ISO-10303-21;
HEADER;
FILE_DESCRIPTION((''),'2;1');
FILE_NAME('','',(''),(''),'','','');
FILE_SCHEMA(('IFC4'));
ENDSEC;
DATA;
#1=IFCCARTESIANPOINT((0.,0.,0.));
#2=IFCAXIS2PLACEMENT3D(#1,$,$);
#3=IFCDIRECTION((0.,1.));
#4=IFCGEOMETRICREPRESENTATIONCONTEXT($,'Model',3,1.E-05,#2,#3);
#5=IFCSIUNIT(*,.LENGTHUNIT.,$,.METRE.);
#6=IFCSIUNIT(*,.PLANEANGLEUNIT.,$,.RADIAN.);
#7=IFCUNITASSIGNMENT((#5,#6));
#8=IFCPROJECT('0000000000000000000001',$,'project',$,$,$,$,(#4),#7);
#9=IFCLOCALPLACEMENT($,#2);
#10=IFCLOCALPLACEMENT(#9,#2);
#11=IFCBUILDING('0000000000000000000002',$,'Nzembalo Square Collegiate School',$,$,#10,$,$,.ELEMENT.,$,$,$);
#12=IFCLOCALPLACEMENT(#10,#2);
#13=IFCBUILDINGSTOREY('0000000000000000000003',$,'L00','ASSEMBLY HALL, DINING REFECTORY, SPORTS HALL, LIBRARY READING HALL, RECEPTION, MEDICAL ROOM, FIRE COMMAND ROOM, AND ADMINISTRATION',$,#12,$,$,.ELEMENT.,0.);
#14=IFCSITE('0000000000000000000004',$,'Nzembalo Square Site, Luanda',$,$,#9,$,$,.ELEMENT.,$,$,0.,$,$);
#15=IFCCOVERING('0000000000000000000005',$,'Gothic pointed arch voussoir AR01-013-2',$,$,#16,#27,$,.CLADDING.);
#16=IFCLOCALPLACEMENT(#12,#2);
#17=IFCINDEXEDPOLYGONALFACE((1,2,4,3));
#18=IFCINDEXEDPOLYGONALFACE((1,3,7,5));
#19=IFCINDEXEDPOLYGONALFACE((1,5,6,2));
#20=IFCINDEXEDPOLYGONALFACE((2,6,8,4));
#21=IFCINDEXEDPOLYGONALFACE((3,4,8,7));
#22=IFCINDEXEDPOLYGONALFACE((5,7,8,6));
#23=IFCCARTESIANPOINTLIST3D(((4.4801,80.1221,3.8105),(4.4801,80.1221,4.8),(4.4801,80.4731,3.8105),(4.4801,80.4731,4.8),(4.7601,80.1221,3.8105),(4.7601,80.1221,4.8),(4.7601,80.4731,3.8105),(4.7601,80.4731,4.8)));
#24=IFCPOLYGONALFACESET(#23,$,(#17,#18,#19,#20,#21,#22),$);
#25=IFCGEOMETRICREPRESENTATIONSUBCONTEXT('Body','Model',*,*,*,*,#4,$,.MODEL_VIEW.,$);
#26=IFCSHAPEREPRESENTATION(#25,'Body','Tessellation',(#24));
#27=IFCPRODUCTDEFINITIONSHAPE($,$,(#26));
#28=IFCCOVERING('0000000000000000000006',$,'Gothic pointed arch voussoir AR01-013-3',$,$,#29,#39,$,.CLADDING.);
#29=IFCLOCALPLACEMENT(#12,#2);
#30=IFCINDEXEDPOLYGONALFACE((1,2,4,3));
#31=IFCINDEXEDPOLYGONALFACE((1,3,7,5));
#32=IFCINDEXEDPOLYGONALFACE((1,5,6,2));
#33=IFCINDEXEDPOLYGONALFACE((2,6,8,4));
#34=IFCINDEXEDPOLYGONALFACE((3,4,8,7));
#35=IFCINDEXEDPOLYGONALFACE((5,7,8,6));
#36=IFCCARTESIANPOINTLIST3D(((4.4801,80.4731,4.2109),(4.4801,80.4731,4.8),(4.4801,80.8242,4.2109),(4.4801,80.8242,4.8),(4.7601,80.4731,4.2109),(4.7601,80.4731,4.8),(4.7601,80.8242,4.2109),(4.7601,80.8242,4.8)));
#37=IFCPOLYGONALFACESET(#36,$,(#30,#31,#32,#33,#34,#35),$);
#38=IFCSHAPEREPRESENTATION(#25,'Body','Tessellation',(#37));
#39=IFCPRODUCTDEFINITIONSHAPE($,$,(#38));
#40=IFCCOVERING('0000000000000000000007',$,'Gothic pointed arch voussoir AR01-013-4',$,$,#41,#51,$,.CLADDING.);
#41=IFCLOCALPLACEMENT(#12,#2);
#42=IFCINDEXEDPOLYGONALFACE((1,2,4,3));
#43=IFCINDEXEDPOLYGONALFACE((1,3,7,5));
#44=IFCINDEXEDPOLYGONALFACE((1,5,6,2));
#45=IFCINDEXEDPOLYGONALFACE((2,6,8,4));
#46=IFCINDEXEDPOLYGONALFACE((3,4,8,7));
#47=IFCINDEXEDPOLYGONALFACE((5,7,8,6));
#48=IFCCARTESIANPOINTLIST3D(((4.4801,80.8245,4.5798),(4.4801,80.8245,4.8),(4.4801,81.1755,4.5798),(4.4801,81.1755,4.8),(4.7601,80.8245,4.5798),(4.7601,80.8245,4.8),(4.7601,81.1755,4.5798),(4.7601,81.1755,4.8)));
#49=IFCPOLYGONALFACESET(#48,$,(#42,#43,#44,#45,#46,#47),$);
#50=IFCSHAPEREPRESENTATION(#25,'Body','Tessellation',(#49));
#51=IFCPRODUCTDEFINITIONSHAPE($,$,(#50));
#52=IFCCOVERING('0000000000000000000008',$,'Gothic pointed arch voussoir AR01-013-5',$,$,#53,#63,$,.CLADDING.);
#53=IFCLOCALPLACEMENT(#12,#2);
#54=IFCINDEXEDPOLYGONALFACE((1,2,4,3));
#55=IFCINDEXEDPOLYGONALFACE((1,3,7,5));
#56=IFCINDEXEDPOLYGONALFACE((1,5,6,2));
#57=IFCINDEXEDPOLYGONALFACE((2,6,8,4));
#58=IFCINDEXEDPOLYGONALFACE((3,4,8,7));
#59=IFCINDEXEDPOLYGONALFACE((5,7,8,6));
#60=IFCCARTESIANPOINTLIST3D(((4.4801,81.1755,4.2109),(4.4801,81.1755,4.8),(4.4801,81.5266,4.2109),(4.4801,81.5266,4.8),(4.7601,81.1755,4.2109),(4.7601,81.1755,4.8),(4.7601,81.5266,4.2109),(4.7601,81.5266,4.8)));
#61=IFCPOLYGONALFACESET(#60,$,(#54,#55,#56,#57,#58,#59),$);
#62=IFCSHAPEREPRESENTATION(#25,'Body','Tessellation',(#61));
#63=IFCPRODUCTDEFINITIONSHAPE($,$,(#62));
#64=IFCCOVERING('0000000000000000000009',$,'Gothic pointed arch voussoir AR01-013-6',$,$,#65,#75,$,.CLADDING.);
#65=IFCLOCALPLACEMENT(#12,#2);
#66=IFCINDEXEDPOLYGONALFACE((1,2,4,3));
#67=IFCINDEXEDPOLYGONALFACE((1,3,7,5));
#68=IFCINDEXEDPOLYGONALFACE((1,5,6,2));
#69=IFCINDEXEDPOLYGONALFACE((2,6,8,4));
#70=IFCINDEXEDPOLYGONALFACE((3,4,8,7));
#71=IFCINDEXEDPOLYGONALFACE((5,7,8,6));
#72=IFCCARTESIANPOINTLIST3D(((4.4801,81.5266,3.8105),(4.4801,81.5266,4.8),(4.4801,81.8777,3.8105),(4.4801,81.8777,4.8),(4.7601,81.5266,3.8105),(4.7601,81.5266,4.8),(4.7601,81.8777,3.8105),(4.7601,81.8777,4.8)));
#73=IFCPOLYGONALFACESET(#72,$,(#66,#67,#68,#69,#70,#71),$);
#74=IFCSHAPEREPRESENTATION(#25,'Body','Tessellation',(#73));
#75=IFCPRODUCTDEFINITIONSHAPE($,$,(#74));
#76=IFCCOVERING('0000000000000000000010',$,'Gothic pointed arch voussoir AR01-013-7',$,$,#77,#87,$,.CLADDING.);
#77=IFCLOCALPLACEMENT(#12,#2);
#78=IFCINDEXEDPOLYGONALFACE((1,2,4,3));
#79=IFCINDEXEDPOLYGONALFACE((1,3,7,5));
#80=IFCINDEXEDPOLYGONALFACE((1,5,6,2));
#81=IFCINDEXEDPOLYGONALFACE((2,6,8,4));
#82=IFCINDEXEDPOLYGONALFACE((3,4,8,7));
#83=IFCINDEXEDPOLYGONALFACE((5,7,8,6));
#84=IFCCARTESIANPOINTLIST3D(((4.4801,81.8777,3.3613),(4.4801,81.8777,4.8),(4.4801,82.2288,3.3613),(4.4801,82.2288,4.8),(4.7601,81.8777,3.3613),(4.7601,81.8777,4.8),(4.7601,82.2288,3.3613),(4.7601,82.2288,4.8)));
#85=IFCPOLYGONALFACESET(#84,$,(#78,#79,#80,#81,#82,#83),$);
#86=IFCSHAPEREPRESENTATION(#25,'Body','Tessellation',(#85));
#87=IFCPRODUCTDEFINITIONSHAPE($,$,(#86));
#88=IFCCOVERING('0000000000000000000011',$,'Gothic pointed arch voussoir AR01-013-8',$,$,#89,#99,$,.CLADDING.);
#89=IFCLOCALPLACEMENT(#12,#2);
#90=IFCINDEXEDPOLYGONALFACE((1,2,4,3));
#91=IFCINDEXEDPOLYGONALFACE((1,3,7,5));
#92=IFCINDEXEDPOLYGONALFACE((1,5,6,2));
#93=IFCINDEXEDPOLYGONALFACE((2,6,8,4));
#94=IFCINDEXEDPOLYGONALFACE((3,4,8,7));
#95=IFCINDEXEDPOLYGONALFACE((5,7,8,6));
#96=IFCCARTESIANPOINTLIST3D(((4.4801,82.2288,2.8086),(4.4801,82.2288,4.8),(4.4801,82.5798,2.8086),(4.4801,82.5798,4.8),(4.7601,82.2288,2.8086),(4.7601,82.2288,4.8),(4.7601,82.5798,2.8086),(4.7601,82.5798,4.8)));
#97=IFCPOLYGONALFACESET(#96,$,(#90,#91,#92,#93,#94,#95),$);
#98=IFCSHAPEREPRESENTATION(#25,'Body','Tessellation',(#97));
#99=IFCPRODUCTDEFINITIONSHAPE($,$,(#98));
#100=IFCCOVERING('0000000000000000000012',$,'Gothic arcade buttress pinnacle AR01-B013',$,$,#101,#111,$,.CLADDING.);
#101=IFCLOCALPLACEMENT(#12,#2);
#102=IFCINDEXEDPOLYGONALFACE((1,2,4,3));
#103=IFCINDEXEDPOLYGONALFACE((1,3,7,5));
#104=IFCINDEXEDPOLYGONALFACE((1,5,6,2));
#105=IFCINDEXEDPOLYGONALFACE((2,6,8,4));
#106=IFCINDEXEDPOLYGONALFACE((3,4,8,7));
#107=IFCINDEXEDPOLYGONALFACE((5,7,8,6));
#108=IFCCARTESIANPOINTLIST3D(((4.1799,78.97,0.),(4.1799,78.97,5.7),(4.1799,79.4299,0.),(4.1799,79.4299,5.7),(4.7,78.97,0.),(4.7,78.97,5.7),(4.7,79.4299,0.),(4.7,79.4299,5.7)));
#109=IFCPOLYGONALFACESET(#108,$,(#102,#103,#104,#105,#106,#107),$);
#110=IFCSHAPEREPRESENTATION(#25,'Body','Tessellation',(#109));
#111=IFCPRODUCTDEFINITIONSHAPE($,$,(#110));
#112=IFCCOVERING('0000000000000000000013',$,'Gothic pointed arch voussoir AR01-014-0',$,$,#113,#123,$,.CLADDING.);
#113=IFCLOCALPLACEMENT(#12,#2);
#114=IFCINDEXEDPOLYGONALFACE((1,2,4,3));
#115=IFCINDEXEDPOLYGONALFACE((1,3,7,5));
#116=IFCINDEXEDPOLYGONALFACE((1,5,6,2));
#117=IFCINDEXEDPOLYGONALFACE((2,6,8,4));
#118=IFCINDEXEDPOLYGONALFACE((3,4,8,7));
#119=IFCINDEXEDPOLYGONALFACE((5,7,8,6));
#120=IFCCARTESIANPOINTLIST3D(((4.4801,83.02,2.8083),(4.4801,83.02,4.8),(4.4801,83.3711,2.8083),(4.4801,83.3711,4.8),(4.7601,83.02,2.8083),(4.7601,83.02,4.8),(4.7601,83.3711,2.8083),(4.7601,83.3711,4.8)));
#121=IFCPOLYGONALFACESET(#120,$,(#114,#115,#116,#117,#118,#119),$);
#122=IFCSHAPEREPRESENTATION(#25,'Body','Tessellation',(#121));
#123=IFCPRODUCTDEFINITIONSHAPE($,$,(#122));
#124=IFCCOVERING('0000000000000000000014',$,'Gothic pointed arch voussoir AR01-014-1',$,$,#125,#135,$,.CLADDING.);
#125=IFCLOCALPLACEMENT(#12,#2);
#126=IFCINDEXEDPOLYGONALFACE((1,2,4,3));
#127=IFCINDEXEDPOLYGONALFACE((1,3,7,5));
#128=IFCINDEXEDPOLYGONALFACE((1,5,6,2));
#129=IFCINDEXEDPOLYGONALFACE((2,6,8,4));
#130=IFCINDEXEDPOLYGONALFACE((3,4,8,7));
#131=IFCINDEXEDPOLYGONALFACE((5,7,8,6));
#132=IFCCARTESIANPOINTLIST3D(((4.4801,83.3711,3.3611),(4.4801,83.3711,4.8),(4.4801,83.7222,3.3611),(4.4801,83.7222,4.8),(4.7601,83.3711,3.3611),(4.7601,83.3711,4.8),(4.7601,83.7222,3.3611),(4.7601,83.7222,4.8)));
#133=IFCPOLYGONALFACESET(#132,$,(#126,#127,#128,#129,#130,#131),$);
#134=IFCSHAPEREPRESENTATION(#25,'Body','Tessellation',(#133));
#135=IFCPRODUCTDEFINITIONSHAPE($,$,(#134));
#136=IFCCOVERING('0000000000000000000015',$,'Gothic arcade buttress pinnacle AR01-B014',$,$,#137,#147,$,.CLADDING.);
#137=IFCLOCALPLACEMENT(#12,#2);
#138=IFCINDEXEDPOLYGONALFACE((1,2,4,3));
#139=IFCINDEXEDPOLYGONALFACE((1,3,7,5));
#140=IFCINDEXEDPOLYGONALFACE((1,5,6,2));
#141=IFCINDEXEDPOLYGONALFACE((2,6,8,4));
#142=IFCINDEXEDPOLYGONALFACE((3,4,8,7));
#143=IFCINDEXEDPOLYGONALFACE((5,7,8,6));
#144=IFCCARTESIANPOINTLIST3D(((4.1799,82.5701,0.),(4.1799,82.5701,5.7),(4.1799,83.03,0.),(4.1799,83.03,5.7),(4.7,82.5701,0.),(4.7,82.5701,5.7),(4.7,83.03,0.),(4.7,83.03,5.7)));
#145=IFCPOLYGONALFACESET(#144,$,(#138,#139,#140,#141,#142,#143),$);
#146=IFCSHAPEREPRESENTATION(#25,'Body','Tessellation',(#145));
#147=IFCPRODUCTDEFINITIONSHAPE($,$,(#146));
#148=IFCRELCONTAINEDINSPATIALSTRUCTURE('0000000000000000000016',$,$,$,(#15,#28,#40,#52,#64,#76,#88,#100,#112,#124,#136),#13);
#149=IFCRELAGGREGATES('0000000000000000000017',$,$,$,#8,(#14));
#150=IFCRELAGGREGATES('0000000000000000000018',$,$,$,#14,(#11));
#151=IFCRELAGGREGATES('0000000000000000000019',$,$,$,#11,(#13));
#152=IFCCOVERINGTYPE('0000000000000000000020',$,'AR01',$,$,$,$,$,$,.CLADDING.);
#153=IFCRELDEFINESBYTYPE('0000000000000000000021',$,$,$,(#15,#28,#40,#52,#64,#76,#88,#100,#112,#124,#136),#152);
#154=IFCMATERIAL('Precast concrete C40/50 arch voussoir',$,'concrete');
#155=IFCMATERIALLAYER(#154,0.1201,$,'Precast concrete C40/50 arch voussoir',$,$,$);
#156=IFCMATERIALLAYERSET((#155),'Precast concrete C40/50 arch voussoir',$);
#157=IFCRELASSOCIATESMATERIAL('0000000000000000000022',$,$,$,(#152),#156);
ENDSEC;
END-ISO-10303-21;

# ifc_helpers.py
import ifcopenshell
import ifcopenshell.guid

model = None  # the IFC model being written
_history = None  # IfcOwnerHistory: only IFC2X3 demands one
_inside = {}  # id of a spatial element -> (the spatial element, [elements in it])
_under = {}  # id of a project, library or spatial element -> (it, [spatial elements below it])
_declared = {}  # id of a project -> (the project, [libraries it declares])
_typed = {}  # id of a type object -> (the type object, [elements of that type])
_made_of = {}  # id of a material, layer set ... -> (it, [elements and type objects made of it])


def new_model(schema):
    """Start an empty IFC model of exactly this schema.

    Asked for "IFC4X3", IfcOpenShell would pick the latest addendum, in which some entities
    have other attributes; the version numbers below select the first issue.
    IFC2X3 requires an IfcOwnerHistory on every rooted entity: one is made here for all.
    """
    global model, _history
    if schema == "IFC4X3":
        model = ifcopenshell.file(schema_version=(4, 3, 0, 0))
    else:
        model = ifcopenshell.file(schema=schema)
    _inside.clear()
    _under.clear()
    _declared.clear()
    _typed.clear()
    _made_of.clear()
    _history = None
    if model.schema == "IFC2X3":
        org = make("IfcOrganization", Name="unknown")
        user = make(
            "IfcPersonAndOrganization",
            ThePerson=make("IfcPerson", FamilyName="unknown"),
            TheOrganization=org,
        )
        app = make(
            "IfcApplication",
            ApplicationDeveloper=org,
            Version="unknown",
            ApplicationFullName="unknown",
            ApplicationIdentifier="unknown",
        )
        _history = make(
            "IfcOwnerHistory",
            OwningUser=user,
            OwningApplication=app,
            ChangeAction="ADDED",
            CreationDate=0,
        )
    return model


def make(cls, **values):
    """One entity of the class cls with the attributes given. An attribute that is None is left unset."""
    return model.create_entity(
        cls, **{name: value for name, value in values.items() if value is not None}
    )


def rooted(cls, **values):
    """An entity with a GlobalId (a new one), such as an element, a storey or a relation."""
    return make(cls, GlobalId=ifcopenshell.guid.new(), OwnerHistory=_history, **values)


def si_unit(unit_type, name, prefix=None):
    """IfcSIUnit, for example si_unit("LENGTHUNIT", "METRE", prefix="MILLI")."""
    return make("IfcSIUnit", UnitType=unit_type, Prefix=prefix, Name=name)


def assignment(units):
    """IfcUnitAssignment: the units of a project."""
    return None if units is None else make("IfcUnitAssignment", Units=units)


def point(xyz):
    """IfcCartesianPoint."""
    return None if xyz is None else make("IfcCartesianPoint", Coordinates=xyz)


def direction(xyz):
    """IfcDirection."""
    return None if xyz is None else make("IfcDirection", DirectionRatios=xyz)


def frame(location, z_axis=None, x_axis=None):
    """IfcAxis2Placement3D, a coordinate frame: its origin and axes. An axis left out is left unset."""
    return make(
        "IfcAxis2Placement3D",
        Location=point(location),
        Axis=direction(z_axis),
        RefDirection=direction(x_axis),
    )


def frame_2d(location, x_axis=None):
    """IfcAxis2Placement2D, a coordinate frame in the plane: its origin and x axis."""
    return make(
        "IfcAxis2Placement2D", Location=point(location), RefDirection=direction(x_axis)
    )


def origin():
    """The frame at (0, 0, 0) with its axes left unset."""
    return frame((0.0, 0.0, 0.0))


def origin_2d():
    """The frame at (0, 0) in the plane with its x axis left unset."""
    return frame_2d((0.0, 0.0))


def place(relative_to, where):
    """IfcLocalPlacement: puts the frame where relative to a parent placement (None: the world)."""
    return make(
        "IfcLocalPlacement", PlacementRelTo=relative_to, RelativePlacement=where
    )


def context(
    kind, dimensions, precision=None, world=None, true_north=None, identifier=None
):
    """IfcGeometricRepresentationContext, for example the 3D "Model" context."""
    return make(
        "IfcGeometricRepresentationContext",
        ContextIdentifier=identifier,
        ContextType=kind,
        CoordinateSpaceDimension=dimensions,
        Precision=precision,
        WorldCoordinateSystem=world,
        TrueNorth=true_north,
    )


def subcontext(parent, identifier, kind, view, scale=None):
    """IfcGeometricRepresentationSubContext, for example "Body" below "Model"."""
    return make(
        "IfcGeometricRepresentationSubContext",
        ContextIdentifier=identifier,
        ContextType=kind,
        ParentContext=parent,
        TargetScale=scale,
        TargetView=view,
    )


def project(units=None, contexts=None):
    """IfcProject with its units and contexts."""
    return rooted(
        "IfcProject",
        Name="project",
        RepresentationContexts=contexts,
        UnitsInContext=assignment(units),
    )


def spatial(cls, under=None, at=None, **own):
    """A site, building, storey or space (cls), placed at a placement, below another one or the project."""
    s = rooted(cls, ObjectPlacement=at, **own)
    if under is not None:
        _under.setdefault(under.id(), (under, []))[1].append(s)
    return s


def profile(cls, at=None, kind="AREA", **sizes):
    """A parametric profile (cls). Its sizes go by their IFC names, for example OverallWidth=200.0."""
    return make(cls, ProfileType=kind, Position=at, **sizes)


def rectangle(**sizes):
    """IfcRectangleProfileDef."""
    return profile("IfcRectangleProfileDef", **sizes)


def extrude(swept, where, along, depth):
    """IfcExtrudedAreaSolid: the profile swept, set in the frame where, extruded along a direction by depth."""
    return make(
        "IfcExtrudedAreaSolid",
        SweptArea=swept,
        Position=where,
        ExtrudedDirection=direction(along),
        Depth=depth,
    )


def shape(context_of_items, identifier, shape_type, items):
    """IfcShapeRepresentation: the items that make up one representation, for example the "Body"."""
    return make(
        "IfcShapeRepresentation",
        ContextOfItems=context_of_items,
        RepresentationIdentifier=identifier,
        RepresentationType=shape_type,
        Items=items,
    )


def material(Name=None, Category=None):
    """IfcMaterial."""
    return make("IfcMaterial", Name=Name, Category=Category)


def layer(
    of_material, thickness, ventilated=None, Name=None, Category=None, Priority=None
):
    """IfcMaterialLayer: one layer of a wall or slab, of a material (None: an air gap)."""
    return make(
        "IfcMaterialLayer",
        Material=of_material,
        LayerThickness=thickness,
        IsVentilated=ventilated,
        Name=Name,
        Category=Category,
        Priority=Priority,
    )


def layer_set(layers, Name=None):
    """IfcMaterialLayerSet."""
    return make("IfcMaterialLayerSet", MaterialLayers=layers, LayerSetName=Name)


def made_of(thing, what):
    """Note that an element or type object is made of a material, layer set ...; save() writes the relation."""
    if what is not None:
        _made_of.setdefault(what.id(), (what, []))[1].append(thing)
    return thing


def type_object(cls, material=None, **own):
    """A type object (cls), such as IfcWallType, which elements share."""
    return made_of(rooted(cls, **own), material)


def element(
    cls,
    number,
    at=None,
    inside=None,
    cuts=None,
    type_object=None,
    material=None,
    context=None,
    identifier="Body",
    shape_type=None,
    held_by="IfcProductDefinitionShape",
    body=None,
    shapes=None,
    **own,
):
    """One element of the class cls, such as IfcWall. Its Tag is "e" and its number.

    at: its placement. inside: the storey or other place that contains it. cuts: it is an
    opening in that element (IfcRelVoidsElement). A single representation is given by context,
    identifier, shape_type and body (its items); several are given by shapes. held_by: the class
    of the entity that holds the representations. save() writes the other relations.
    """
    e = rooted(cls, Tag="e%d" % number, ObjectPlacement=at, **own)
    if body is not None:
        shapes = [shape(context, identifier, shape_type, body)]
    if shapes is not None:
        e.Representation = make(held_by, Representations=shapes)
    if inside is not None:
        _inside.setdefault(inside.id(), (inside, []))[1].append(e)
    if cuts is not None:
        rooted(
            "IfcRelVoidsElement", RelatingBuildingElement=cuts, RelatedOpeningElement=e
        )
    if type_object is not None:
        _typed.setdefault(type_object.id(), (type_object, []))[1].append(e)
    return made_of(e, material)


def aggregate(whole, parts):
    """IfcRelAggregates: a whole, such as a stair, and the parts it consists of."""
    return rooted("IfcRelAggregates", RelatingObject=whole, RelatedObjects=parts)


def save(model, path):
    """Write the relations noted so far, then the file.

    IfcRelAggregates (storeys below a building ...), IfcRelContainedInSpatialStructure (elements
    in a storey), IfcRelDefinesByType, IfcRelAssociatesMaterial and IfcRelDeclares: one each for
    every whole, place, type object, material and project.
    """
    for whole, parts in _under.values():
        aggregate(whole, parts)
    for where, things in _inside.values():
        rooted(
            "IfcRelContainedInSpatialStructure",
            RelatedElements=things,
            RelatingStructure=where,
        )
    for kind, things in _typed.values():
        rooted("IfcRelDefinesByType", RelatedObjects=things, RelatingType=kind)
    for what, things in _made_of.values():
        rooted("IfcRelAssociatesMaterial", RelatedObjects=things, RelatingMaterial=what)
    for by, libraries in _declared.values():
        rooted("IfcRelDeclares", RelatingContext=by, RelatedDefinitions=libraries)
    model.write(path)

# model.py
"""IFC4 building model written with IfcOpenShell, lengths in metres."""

from ifc_helpers import new_model, si_unit, direction, frame, origin, origin_2d, place, context, subcontext, project, spatial, rectangle, extrude, material, layer, layer_set, type_object, element, save


model = new_model("IFC4")

# Units and contexts
model_context = context("Model", 3, precision=1e-05, world=origin(), true_north=direction((0.0, 1.0)))
body_context = subcontext(model_context, "Body", "Model", "MODEL_VIEW")
ifc_project = project(units=[si_unit("LENGTHUNIT", "METRE"), si_unit("PLANEANGLEUNIT", "RADIAN")], contexts=[model_context])

# Site, building, storey
site_placement = place(None, origin())
site = spatial("IfcSite", under=ifc_project, at=site_placement, Name="Nzembalo Square Site, Luanda", CompositionType="ELEMENT", RefElevation=0.0)
building_placement = place(site_placement, origin())
building = spatial("IfcBuilding", under=site, at=building_placement, Name="Nzembalo Square Collegiate School", CompositionType="ELEMENT")
storey_placement = place(building_placement, origin())
storey = spatial("IfcBuildingStorey", under=building, at=storey_placement, Name="L00", Description="ASSEMBLY HALL, DINING REFECTORY, SPORTS HALL, LIBRARY READING HALL, RECEPTION, MEDICAL ROOM, FIRE COMMAND ROOM, AND ADMINISTRATION", CompositionType="ELEMENT", Elevation=0.0)

# Coverings
ifc_material_1 = material(Name="Precast concrete C40/50 arch voussoir", Category="concrete")
ifc_layer_1 = layer(ifc_material_1, 0.1201, Name="Precast concrete C40/50 arch voussoir")
ifc_layer_set_1 = layer_set([ifc_layer_1], Name="Precast concrete C40/50 arch voussoir")
covering_type = type_object("IfcCoveringType", Name="AR01", PredefinedType="CLADDING", material=ifc_layer_set_1)
covering_1_placement = place(storey_placement, frame((4.6201, 80.2976, 3.8105), z_axis=(0.0, 0.0, 1.0), x_axis=(1.0, 0.0, 0.0)))
element("IfcCovering", 1, at=covering_1_placement, inside=storey, type_object=covering_type, Name="Gothic pointed arch voussoir AR01-013-2", PredefinedType="CLADDING", context=body_context, shape_type="SweptSolid", body=[
    extrude(rectangle(XDim=0.28, YDim=0.3511, at=origin_2d()), origin(), (0.0, 0.0, 1.0), 0.9895),
])
covering_2_placement = place(storey_placement, frame((4.6201, 80.6487, 4.2109), z_axis=(0.0, 0.0, 1.0), x_axis=(1.0, 0.0, 0.0)))
element("IfcCovering", 2, at=covering_2_placement, inside=storey, type_object=covering_type, Name="Gothic pointed arch voussoir AR01-013-3", PredefinedType="CLADDING", context=body_context, shape_type="SweptSolid", body=[
    extrude(rectangle(XDim=0.28, YDim=0.3511, at=origin_2d()), origin(), (0.0, 0.0, 1.0), 0.5891),
])
covering_3_placement = place(storey_placement, frame((4.6201, 81.0, 4.5798), z_axis=(0.0, 0.0, 1.0), x_axis=(1.0, 0.0, 0.0)))
element("IfcCovering", 3, at=covering_3_placement, inside=storey, type_object=covering_type, Name="Gothic pointed arch voussoir AR01-013-4", PredefinedType="CLADDING", context=body_context, shape_type="SweptSolid", body=[
    extrude(rectangle(XDim=0.28, YDim=0.3511, at=origin_2d()), origin(), (0.0, 0.0, 1.0), 0.2202),
])
covering_4_placement = place(storey_placement, frame((4.6201, 81.3511, 4.2109), z_axis=(0.0, 0.0, 1.0), x_axis=(1.0, 0.0, 0.0)))
element("IfcCovering", 4, at=covering_4_placement, inside=storey, type_object=covering_type, Name="Gothic pointed arch voussoir AR01-013-5", PredefinedType="CLADDING", context=body_context, shape_type="SweptSolid", body=[
    extrude(rectangle(XDim=0.28, YDim=0.3511, at=origin_2d()), origin(), (0.0, 0.0, 1.0), 0.5891),
])
covering_5_placement = place(storey_placement, frame((4.6201, 81.7021, 3.8105), z_axis=(0.0, 0.0, 1.0), x_axis=(1.0, 0.0, 0.0)))
element("IfcCovering", 5, at=covering_5_placement, inside=storey, type_object=covering_type, Name="Gothic pointed arch voussoir AR01-013-6", PredefinedType="CLADDING", context=body_context, shape_type="SweptSolid", body=[
    extrude(rectangle(XDim=0.28, YDim=0.3511, at=origin_2d()), origin(), (0.0, 0.0, 1.0), 0.9895),
])
covering_6_placement = place(storey_placement, frame((4.6201, 82.0532, 3.3613), z_axis=(0.0, 0.0, 1.0), x_axis=(1.0, 0.0, 0.0)))
element("IfcCovering", 6, at=covering_6_placement, inside=storey, type_object=covering_type, Name="Gothic pointed arch voussoir AR01-013-7", PredefinedType="CLADDING", context=body_context, shape_type="SweptSolid", body=[
    extrude(rectangle(XDim=0.28, YDim=0.3511, at=origin_2d()), origin(), (0.0, 0.0, 1.0), 1.4387),
])
covering_7_placement = place(storey_placement, frame((4.6201, 82.4043, 2.8086), z_axis=(0.0, 0.0, 1.0), x_axis=(1.0, 0.0, 0.0)))
element("IfcCovering", 7, at=covering_7_placement, inside=storey, type_object=covering_type, Name="Gothic pointed arch voussoir AR01-013-8", PredefinedType="CLADDING", context=body_context, shape_type="SweptSolid", body=[
    extrude(rectangle(XDim=0.28, YDim=0.3511, at=origin_2d()), origin(), (0.0, 0.0, 1.0), 1.9915),
])
covering_8_placement = place(storey_placement, frame((4.4399, 79.2, 0.0), z_axis=(0.0, 0.0, 1.0), x_axis=(1.0, 0.0, 0.0)))
element("IfcCovering", 8, at=covering_8_placement, inside=storey, type_object=covering_type, Name="Gothic arcade buttress pinnacle AR01-B013", PredefinedType="CLADDING", context=body_context, shape_type="SweptSolid", body=[
    extrude(rectangle(XDim=0.52, YDim=0.46, at=origin_2d()), origin(), (0.0, 0.0, 1.0), 5.7),
])
covering_9_placement = place(storey_placement, frame((4.6201, 83.1956, 2.8083), z_axis=(0.0, 0.0, 1.0), x_axis=(1.0, 0.0, 0.0)))
element("IfcCovering", 9, at=covering_9_placement, inside=storey, type_object=covering_type, Name="Gothic pointed arch voussoir AR01-014-0", PredefinedType="CLADDING", context=body_context, shape_type="SweptSolid", body=[
    extrude(rectangle(XDim=0.28, YDim=0.3511, at=origin_2d()), origin(), (0.0, 0.0, 1.0), 1.9917),
])
covering_10_placement = place(storey_placement, frame((4.6201, 83.5466, 3.3611), z_axis=(0.0, 0.0, 1.0), x_axis=(1.0, 0.0, 0.0)))
element("IfcCovering", 10, at=covering_10_placement, inside=storey, type_object=covering_type, Name="Gothic pointed arch voussoir AR01-014-1", PredefinedType="CLADDING", context=body_context, shape_type="SweptSolid", body=[
    extrude(rectangle(XDim=0.28, YDim=0.3511, at=origin_2d()), origin(), (0.0, 0.0, 1.0), 1.439),
])
covering_11_placement = place(storey_placement, frame((4.4399, 82.8, 0.0), z_axis=(0.0, 0.0, 1.0), x_axis=(1.0, 0.0, 0.0)))
element("IfcCovering", 11, at=covering_11_placement, inside=storey, type_object=covering_type, Name="Gothic arcade buttress pinnacle AR01-B014", PredefinedType="CLADDING", context=body_context, shape_type="SweptSolid", body=[
    extrude(rectangle(XDim=0.52, YDim=0.46, at=origin_2d()), origin(), (0.0, 0.0, 1.0), 5.7),
])

save(model, "model.ifc")
